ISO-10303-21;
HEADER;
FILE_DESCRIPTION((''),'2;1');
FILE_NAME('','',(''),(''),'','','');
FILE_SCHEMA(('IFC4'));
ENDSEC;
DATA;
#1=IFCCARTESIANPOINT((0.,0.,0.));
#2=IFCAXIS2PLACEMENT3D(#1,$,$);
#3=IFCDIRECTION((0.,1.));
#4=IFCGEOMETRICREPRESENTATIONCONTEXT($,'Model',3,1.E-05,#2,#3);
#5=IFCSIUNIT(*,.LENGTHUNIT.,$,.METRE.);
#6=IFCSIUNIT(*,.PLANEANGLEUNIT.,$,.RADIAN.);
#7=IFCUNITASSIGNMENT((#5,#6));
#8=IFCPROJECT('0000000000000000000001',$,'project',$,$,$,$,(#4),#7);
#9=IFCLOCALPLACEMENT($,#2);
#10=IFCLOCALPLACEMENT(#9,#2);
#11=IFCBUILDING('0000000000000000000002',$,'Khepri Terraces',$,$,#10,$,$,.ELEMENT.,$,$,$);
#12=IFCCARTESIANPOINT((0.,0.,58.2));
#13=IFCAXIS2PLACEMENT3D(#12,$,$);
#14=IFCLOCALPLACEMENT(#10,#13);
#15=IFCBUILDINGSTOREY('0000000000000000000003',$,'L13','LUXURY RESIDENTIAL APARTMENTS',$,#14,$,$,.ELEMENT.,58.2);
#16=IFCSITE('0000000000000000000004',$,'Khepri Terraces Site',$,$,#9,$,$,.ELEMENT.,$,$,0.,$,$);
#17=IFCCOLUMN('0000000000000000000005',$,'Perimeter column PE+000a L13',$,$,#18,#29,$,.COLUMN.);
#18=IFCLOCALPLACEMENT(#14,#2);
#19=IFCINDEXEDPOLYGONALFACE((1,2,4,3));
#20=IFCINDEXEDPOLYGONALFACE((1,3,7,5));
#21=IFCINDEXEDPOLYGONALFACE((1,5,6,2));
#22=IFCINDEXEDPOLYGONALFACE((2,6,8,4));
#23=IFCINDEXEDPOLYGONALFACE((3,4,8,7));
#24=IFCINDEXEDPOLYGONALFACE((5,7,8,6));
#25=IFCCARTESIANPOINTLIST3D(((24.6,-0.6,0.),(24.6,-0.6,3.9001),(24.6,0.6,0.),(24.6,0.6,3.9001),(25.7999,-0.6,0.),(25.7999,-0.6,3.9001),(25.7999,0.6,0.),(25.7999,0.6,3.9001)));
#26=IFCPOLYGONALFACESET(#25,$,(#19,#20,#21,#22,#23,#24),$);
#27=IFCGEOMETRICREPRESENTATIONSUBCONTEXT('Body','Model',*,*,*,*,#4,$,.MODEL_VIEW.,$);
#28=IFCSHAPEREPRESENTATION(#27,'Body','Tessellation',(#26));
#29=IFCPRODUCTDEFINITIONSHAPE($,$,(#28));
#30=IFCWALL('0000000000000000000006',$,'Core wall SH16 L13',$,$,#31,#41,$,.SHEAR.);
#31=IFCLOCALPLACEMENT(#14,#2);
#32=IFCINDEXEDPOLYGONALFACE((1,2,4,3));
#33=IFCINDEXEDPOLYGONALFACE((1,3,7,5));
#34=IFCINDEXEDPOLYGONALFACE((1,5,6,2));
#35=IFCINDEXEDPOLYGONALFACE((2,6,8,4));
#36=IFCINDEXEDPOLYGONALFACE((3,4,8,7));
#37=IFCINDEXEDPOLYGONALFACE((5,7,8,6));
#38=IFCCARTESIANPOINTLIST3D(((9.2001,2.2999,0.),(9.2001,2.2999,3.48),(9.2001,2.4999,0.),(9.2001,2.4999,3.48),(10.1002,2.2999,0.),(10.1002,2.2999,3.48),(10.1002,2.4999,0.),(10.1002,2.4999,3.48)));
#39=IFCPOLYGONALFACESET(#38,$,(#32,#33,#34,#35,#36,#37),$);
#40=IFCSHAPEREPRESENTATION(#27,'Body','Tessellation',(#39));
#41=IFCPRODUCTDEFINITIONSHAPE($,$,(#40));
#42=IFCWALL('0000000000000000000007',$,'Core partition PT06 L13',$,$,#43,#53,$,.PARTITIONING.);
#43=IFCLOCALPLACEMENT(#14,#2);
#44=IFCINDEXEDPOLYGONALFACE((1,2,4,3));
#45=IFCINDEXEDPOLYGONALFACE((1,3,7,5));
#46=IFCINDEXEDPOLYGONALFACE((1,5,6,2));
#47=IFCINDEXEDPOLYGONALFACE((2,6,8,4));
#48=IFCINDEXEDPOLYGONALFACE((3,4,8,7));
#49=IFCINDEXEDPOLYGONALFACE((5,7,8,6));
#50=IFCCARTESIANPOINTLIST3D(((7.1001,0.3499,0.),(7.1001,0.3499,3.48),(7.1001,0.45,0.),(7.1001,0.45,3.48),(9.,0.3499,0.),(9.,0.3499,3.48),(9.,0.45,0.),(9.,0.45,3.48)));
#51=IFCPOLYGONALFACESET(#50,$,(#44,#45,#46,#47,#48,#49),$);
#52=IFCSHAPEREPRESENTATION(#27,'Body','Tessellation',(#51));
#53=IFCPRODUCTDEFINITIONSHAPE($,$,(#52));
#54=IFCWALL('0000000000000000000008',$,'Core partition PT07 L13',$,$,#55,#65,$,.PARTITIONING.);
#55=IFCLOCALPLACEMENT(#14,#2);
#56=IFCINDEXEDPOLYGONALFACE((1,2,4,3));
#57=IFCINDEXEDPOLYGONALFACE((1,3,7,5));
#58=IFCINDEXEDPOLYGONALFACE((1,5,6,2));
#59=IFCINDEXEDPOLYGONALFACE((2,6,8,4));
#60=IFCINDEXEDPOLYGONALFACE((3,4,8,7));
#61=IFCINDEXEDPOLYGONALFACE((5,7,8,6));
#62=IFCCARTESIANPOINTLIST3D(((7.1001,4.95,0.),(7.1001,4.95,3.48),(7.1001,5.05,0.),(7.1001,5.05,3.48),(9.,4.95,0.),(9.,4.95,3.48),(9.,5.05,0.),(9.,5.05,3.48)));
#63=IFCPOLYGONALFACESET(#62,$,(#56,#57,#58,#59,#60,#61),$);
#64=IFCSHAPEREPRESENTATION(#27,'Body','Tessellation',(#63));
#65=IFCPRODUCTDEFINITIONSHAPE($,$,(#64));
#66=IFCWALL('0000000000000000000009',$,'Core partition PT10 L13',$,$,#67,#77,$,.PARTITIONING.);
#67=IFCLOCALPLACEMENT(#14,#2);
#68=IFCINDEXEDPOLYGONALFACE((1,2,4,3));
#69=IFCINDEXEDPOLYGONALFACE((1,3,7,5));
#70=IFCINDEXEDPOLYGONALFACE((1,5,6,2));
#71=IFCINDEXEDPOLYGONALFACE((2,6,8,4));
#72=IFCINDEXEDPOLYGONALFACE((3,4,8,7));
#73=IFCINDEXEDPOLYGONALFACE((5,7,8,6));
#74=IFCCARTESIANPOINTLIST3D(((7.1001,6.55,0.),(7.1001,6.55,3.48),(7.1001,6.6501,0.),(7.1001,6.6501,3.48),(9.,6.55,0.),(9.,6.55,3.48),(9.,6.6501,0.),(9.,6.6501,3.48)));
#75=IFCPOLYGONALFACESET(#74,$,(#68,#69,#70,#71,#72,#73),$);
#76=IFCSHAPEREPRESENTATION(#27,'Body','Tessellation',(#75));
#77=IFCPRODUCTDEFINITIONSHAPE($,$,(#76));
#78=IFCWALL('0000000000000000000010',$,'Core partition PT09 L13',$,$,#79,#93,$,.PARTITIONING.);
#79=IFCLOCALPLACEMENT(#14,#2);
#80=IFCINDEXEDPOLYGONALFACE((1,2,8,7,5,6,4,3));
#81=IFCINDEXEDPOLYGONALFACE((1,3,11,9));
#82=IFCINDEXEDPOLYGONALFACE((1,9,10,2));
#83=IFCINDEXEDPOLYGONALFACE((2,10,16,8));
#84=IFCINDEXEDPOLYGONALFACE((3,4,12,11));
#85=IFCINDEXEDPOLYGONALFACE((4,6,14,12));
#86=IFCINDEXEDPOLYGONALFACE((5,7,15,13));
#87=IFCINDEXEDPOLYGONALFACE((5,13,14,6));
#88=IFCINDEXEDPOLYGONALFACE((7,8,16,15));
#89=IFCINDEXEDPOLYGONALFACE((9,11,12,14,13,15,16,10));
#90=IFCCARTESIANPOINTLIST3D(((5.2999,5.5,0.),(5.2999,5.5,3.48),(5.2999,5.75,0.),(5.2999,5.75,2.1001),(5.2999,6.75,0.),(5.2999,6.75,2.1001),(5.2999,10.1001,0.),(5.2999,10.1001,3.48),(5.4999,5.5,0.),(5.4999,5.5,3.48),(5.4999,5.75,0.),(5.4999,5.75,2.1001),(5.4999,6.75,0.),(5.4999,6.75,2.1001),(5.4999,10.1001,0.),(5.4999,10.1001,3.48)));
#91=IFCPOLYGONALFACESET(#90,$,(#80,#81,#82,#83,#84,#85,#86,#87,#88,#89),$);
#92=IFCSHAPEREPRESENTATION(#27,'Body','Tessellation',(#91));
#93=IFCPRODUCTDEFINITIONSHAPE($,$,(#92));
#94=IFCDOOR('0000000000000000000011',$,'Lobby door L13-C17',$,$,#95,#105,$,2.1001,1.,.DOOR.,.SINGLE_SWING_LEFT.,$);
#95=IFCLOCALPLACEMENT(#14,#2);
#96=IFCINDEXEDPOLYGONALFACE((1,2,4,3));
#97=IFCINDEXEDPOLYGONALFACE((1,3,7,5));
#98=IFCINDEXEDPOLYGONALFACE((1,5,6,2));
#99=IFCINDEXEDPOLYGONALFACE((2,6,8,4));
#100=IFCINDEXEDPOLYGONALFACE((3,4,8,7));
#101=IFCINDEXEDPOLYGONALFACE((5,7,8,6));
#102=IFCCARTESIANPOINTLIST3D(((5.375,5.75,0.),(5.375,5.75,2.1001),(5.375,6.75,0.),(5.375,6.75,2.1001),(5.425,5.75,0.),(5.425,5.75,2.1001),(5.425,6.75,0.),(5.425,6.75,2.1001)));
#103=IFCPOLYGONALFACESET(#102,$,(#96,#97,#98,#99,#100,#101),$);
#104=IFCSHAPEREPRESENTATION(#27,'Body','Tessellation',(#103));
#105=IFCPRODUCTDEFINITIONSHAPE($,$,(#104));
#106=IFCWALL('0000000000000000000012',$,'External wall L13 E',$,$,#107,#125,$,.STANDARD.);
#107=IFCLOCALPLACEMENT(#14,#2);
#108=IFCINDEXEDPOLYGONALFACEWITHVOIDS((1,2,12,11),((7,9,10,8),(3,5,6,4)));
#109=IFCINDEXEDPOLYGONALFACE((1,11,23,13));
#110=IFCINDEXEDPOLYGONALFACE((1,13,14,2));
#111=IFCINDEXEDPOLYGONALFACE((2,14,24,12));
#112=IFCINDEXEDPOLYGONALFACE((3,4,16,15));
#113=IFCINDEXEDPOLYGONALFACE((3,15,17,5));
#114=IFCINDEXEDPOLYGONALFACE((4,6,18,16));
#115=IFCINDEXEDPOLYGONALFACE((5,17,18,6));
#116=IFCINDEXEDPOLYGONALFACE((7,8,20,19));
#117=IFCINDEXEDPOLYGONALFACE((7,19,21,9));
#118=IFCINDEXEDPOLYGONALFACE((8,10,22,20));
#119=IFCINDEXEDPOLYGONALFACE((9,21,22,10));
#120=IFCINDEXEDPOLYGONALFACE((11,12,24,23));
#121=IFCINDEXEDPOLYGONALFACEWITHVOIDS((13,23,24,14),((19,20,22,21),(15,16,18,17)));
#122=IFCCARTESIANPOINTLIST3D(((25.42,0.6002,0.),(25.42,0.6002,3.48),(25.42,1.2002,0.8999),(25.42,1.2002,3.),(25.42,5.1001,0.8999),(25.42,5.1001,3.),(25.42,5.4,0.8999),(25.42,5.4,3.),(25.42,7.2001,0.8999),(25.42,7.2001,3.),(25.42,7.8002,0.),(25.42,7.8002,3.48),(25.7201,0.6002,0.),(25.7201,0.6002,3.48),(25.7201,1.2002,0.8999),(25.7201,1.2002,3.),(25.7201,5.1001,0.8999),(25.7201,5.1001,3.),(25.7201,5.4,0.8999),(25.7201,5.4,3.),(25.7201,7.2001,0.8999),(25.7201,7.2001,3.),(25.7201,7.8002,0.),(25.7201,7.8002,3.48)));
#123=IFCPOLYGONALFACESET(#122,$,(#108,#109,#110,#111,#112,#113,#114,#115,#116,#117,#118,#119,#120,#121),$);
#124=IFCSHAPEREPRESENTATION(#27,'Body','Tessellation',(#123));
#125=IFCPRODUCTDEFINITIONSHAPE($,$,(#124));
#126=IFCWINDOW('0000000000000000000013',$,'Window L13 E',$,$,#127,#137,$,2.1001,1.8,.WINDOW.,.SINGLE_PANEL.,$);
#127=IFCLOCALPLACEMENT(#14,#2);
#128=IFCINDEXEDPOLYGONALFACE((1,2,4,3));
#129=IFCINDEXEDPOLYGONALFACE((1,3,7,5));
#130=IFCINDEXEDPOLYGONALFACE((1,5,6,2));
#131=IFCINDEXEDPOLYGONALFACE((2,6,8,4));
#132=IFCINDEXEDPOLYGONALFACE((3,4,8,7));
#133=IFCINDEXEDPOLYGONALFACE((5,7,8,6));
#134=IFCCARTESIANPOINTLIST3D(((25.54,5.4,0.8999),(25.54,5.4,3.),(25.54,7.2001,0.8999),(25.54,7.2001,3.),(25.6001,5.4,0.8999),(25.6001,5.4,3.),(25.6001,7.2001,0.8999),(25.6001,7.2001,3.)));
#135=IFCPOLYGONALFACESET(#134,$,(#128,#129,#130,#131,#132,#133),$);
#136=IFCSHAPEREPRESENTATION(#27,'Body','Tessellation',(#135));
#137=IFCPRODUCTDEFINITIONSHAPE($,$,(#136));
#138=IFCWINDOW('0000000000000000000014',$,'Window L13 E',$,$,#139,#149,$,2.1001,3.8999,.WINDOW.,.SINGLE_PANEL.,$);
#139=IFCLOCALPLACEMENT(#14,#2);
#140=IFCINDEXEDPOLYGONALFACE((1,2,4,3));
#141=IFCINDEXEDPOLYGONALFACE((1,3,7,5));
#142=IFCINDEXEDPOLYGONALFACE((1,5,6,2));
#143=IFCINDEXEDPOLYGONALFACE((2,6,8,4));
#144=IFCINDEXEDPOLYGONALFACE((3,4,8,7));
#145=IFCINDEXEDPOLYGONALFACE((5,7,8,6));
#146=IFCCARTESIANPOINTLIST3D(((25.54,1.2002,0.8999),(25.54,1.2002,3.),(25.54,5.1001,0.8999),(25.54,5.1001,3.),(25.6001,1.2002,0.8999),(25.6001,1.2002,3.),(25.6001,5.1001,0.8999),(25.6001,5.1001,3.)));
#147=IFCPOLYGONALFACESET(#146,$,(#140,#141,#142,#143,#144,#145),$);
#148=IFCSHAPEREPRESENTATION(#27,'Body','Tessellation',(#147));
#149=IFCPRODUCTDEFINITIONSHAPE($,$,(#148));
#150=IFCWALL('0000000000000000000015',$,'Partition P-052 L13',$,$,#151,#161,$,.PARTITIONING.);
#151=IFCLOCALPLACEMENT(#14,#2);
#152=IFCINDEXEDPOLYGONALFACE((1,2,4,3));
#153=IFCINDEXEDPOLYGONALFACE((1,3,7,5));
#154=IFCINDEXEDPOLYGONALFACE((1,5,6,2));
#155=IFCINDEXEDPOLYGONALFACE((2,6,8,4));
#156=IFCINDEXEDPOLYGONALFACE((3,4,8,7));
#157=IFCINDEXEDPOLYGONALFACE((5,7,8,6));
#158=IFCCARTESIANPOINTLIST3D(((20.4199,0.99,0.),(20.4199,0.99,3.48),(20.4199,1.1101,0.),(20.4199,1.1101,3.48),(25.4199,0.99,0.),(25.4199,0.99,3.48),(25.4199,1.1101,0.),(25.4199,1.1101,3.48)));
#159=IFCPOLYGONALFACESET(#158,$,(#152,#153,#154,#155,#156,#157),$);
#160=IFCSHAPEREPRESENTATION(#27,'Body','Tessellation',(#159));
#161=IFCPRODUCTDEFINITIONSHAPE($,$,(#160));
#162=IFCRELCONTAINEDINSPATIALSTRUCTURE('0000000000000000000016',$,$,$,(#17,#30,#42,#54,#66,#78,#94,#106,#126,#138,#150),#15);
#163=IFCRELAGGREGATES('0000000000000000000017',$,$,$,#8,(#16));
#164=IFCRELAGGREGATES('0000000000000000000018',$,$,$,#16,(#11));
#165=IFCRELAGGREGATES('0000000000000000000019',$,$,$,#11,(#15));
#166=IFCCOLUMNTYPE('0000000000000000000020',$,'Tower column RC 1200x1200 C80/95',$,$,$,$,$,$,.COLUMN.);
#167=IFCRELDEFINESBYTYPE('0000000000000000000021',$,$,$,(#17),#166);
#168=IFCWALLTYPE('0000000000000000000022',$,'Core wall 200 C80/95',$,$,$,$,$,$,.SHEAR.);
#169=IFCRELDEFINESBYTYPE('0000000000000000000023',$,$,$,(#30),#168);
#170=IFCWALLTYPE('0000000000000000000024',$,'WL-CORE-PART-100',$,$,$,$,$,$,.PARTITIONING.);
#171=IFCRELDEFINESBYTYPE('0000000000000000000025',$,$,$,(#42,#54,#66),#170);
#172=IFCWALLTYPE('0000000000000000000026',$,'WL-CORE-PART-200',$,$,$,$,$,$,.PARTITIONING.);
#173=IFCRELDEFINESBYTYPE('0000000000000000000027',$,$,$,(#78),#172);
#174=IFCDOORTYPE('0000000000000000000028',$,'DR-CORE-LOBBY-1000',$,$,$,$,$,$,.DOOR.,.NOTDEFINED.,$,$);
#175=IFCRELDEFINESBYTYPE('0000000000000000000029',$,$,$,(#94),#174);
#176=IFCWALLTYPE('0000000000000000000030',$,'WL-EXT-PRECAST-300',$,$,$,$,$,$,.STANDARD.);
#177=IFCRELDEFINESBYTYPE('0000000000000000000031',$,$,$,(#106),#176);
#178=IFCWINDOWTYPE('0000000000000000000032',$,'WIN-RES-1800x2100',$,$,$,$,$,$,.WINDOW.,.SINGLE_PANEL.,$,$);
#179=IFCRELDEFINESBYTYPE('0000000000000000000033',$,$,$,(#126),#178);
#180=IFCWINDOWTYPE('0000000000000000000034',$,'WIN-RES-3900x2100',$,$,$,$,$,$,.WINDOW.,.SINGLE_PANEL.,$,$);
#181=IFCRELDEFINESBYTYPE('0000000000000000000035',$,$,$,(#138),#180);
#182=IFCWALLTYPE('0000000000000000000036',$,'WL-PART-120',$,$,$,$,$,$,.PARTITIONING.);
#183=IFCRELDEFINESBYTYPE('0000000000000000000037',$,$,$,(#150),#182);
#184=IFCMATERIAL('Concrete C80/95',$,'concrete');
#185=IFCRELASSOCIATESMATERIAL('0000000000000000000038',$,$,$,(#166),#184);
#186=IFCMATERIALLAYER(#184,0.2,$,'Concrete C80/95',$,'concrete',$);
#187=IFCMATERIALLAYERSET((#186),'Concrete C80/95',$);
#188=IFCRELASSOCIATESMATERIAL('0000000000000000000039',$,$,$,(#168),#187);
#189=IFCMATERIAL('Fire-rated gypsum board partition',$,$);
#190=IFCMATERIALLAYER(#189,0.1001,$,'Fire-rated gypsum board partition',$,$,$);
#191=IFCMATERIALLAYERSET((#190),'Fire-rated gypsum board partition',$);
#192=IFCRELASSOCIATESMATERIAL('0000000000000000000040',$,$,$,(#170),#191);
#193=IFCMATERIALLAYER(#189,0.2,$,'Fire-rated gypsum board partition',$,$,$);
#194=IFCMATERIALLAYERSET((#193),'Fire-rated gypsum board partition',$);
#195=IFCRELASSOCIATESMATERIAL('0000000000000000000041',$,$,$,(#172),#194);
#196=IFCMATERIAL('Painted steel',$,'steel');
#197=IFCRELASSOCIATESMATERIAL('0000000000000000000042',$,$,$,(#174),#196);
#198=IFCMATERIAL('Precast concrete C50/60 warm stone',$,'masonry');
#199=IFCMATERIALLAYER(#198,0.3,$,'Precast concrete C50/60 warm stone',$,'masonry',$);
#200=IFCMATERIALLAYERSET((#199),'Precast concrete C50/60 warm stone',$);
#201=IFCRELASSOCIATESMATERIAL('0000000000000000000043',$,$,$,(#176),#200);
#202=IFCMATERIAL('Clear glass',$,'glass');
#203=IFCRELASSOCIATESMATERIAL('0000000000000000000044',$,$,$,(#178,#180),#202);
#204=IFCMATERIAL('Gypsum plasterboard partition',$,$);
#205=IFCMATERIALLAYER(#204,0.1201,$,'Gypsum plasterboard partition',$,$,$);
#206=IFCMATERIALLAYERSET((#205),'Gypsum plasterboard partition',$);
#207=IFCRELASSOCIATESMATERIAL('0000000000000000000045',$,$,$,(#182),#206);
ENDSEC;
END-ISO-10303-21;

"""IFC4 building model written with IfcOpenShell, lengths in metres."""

from ifc_helpers import new_model, si_unit, direction, frame, frame_2d, origin, origin_2d, place, context, subcontext, project, spatial, rectangle, extrude, material, layer, layer_set, material_profile, profile_set, type_object, element, fill, save


model = new_model("IFC4")

# Units and contexts
model_context = context("Model", 3, precision=1e-05, world=origin(), true_north=direction((0.0, 1.0)))
body_context = subcontext(model_context, "Body", "Model", "MODEL_VIEW")
ifc_project = project(units=[si_unit("LENGTHUNIT", "METRE"), si_unit("PLANEANGLEUNIT", "RADIAN")], contexts=[model_context])

# Site, building, storey
site_placement = place(None, origin())
site = spatial("IfcSite", under=ifc_project, at=site_placement, Name="Khepri Terraces Site", CompositionType="ELEMENT", RefElevation=0.0)
building_placement = place(site_placement, origin())
building = spatial("IfcBuilding", under=site, at=building_placement, Name="Khepri Terraces", CompositionType="ELEMENT")
storey_placement = place(building_placement, frame((0.0, 0.0, 58.2)))
storey = spatial("IfcBuildingStorey", under=building, at=storey_placement, Name="L13", Description="LUXURY RESIDENTIAL APARTMENTS", CompositionType="ELEMENT", Elevation=58.2)

# Column
ifc_material_1 = material(Name="Concrete C80/95", Category="concrete")
ifc_material_profile = material_profile(ifc_material_1, rectangle(XDim=1.2, YDim=1.2, at=origin_2d()), Name="Concrete C80/95", Category="concrete")
ifc_profile_set = profile_set([ifc_material_profile], Name="Concrete C80/95")
column_type = type_object("IfcColumnType", Name="Tower column RC 1200x1200 C80/95", PredefinedType="COLUMN", material=ifc_profile_set)
column_placement = place(storey_placement, frame((25.2, 0.0, 0.0), z_axis=(0.0, 0.0, 1.0), x_axis=(1.0, 0.0, 0.0)))
element("IfcColumn", 1, at=column_placement, inside=storey, type_object=column_type, Name="Perimeter column PE+000a L13", PredefinedType="COLUMN", context=body_context, shape_type="SweptSolid", body=[
    extrude(rectangle(XDim=1.2, YDim=1.2, at=origin_2d()), origin(), (0.0, 0.0, 1.0), 3.9001),
])

# Walls
ifc_layer_1 = layer(ifc_material_1, 0.2, Name="Concrete C80/95", Category="concrete")
ifc_layer_set_1 = layer_set([ifc_layer_1], Name="Concrete C80/95")
wall_type_1 = type_object("IfcWallType", Name="Core wall 200 C80/95", PredefinedType="SHEAR", material=ifc_layer_set_1)
wall_1_placement = place(storey_placement, frame((9.2, 2.3999, 0.0), z_axis=(0.0, 0.0, 1.0), x_axis=(1.0, 0.0, 0.0)))
element("IfcWall", 2, at=wall_1_placement, inside=storey, type_object=wall_type_1, Name="Core wall SH16 L13", PredefinedType="SHEAR", context=body_context, shape_type="SweptSolid", body=[
    extrude(rectangle(XDim=0.9001, YDim=0.2, at=frame_2d((0.4502, 0.0))), origin(), (0.0, 0.0, 1.0), 3.48),
])
ifc_material_2 = material(Name="Fire-rated gypsum board partition")
ifc_layer_2 = layer(ifc_material_2, 0.1001, Name="Fire-rated gypsum board partition")
ifc_layer_set_2 = layer_set([ifc_layer_2], Name="Fire-rated gypsum board partition")
wall_type_2 = type_object("IfcWallType", Name="WL-CORE-PART-100", PredefinedType="PARTITIONING", material=ifc_layer_set_2)
for number, where, z_axis, x_axis, name in (
    (3, (7.1001, 0.3999, 0.0), (0.0, 0.0, 1.0), (1.0, 0.0, 0.0), "Core partition PT06 L13"),
    (4, (7.1001, 5.0, 0.0), (0.0, 0.0, 1.0), (1.0, 0.0, 0.0), "Core partition PT07 L13"),
    (5, (7.1001, 6.6001, 0.0), (0.0, 0.0, 1.0), (1.0, 0.0, 0.0), "Core partition PT10 L13"),
):
    element("IfcWall", number, at=place(storey_placement, frame(where, z_axis=z_axis, x_axis=x_axis)), inside=storey, type_object=wall_type_2, Name=name, PredefinedType="PARTITIONING", context=body_context, shape_type="SweptSolid", body=[
        extrude(rectangle(XDim=1.8999, YDim=0.1001, at=frame_2d((0.95, 0.0))), origin(), (0.0, 0.0, 1.0), 3.48),
    ])

# Wall, opening, door
ifc_layer_3 = layer(ifc_material_2, 0.2, Name="Fire-rated gypsum board partition")
ifc_layer_set_3 = layer_set([ifc_layer_3], Name="Fire-rated gypsum board partition")
wall_type_3 = type_object("IfcWallType", Name="WL-CORE-PART-200", PredefinedType="PARTITIONING", material=ifc_layer_set_3)
wall_2_placement = place(storey_placement, frame((5.3999, 5.5, 0.0), z_axis=(0.0, 0.0, 1.0), x_axis=(0.0, 1.0, 0.0)))
wall_2 = element("IfcWall", 6, at=wall_2_placement, inside=storey, type_object=wall_type_3, Name="Core partition PT09 L13", PredefinedType="PARTITIONING", context=body_context, shape_type="SweptSolid", body=[
    extrude(rectangle(XDim=4.6001, YDim=0.2, at=frame_2d((2.3, 0.0))), origin(), (0.0, 0.0, 1.0), 3.48),
])
opening_1_placement = place(wall_2_placement, frame((0.25, 0.0, 0.0)))
opening_1 = element("IfcOpeningElement", 7, at=opening_1_placement, cuts=wall_2, PredefinedType="OPENING", context=body_context, shape_type="SweptSolid", body=[
    extrude(rectangle(XDim=1.0, YDim=2.1001, at=frame_2d((0.5, 1.05))), frame((0.0, 0.1099, 0.0), z_axis=(0.0, -1.0, 0.0), x_axis=(1.0, 0.0, 0.0)), (0.0, 0.0, 1.0), 0.22),
])
ifc_material_3 = material(Name="Painted steel", Category="steel")
door_type_1 = type_object("IfcDoorType", Name="DR-CORE-LOBBY-1000", OperationType="NOTDEFINED", PredefinedType="DOOR", material=ifc_material_3)
door_1_placement = place(opening_1_placement, origin())
door_1 = element("IfcDoor", 8, at=door_1_placement, inside=storey, type_object=door_type_1, Name="Lobby door L13-C17", OperationType="SINGLE_SWING_LEFT", OverallHeight=2.1001, OverallWidth=1.0, PredefinedType="DOOR", context=body_context, shape_type="SweptSolid", body=[
    extrude(rectangle(XDim=1.0, YDim=2.1001, at=frame_2d((0.5, 1.05))), frame((0.0, 0.0249, 0.0), z_axis=(0.0, -1.0, 0.0), x_axis=(1.0, 0.0, 0.0)), (0.0, 0.0, 1.0), 0.05),
])
fill(opening_1, door_1)

# Wall, openings, windows
ifc_material_4 = material(Name="Precast concrete C50/60 warm stone", Category="masonry")
ifc_layer_4 = layer(ifc_material_4, 0.3, Name="Precast concrete C50/60 warm stone", Category="masonry")
ifc_layer_set_4 = layer_set([ifc_layer_4], Name="Precast concrete C50/60 warm stone")
wall_type_4 = type_object("IfcWallType", Name="WL-EXT-PRECAST-300", PredefinedType="STANDARD", material=ifc_layer_set_4)
wall_3_placement = place(storey_placement, frame((25.5701, 0.6001, 0.0), z_axis=(0.0, 0.0, 1.0), x_axis=(0.0, 1.0, 0.0)))
wall_3 = element("IfcWall", 9, at=wall_3_placement, inside=storey, type_object=wall_type_4, Name="External wall L13 E", PredefinedType="STANDARD", context=body_context, shape_type="SweptSolid", body=[
    extrude(rectangle(XDim=7.2, YDim=0.3, at=frame_2d((3.6001, 0.0))), origin(), (0.0, 0.0, 1.0), 3.48),
])
opening_2_placement = place(wall_3_placement, frame((0.6001, 0.0, 0.8999)))
opening_2 = element("IfcOpeningElement", 10, at=opening_2_placement, cuts=wall_3, PredefinedType="OPENING", context=body_context, shape_type="SweptSolid", body=[
    extrude(rectangle(XDim=3.8999, YDim=2.1001, at=frame_2d((1.95, 1.05))), frame((0.0, 0.1602, 0.0), z_axis=(0.0, -1.0, 0.0), x_axis=(1.0, 0.0, 0.0)), (0.0, 0.0, 1.0), 0.3201),
])
opening_3_placement = place(wall_3_placement, frame((4.8, 0.0, 0.8999)))
opening_3 = element("IfcOpeningElement", 11, at=opening_3_placement, cuts=wall_3, PredefinedType="OPENING", context=body_context, shape_type="SweptSolid", body=[
    extrude(rectangle(XDim=1.8, YDim=2.1001, at=frame_2d((0.8999, 1.05))), frame((0.0, 0.1602, 0.0), z_axis=(0.0, -1.0, 0.0), x_axis=(1.0, 0.0, 0.0)), (0.0, 0.0, 1.0), 0.3201),
])
ifc_material_5 = material(Name="Clear glass", Category="glass")
window_type_1 = type_object("IfcWindowType", Name="WIN-RES-1800x2100", PartitioningType="SINGLE_PANEL", PredefinedType="WINDOW", material=ifc_material_5)
window_1_placement = place(opening_3_placement, origin())
window_1 = element("IfcWindow", 12, at=window_1_placement, inside=storey, type_object=window_type_1, Name="Window L13 E", OverallHeight=2.1001, OverallWidth=1.8, PartitioningType="SINGLE_PANEL", PredefinedType="WINDOW", context=body_context, shape_type="SweptSolid", body=[
    extrude(rectangle(XDim=1.8, YDim=2.1001, at=frame_2d((0.8999, 1.05))), frame((0.0, 0.03, 0.0), z_axis=(0.0, -1.0, 0.0), x_axis=(1.0, 0.0, 0.0)), (0.0, 0.0, 1.0), 0.0601),
])
fill(opening_3, window_1)
window_type_2 = type_object("IfcWindowType", Name="WIN-RES-3900x2100", PartitioningType="SINGLE_PANEL", PredefinedType="WINDOW", material=ifc_material_5)
window_2_placement = place(opening_2_placement, origin())
window_2 = element("IfcWindow", 13, at=window_2_placement, inside=storey, type_object=window_type_2, Name="Window L13 E", OverallHeight=2.1001, OverallWidth=3.8999, PartitioningType="SINGLE_PANEL", PredefinedType="WINDOW", context=body_context, shape_type="SweptSolid", body=[
    extrude(rectangle(XDim=3.8999, YDim=2.1001, at=frame_2d((1.95, 1.05))), frame((0.0, 0.03, 0.0), z_axis=(0.0, -1.0, 0.0), x_axis=(1.0, 0.0, 0.0)), (0.0, 0.0, 1.0), 0.0601),
])
fill(opening_2, window_2)

# Wall
ifc_material_6 = material(Name="Gypsum plasterboard partition")
ifc_layer_5 = layer(ifc_material_6, 0.1201, Name="Gypsum plasterboard partition")
ifc_layer_set_5 = layer_set([ifc_layer_5], Name="Gypsum plasterboard partition")
wall_type_5 = type_object("IfcWallType", Name="WL-PART-120", PredefinedType="PARTITIONING", material=ifc_layer_set_5)
wall_4_placement = place(storey_placement, frame((20.4199, 1.05, 0.0), z_axis=(0.0, 0.0, 1.0), x_axis=(1.0, 0.0, 0.0)))
element("IfcWall", 14, at=wall_4_placement, inside=storey, type_object=wall_type_5, Name="Partition P-052 L13", PredefinedType="PARTITIONING", context=body_context, shape_type="SweptSolid", body=[
    extrude(rectangle(XDim=5.0, YDim=0.1201, at=frame_2d((2.5, 0.0))), origin(), (0.0, 0.0, 1.0), 3.48),
])

save(model, "model.ifc")
